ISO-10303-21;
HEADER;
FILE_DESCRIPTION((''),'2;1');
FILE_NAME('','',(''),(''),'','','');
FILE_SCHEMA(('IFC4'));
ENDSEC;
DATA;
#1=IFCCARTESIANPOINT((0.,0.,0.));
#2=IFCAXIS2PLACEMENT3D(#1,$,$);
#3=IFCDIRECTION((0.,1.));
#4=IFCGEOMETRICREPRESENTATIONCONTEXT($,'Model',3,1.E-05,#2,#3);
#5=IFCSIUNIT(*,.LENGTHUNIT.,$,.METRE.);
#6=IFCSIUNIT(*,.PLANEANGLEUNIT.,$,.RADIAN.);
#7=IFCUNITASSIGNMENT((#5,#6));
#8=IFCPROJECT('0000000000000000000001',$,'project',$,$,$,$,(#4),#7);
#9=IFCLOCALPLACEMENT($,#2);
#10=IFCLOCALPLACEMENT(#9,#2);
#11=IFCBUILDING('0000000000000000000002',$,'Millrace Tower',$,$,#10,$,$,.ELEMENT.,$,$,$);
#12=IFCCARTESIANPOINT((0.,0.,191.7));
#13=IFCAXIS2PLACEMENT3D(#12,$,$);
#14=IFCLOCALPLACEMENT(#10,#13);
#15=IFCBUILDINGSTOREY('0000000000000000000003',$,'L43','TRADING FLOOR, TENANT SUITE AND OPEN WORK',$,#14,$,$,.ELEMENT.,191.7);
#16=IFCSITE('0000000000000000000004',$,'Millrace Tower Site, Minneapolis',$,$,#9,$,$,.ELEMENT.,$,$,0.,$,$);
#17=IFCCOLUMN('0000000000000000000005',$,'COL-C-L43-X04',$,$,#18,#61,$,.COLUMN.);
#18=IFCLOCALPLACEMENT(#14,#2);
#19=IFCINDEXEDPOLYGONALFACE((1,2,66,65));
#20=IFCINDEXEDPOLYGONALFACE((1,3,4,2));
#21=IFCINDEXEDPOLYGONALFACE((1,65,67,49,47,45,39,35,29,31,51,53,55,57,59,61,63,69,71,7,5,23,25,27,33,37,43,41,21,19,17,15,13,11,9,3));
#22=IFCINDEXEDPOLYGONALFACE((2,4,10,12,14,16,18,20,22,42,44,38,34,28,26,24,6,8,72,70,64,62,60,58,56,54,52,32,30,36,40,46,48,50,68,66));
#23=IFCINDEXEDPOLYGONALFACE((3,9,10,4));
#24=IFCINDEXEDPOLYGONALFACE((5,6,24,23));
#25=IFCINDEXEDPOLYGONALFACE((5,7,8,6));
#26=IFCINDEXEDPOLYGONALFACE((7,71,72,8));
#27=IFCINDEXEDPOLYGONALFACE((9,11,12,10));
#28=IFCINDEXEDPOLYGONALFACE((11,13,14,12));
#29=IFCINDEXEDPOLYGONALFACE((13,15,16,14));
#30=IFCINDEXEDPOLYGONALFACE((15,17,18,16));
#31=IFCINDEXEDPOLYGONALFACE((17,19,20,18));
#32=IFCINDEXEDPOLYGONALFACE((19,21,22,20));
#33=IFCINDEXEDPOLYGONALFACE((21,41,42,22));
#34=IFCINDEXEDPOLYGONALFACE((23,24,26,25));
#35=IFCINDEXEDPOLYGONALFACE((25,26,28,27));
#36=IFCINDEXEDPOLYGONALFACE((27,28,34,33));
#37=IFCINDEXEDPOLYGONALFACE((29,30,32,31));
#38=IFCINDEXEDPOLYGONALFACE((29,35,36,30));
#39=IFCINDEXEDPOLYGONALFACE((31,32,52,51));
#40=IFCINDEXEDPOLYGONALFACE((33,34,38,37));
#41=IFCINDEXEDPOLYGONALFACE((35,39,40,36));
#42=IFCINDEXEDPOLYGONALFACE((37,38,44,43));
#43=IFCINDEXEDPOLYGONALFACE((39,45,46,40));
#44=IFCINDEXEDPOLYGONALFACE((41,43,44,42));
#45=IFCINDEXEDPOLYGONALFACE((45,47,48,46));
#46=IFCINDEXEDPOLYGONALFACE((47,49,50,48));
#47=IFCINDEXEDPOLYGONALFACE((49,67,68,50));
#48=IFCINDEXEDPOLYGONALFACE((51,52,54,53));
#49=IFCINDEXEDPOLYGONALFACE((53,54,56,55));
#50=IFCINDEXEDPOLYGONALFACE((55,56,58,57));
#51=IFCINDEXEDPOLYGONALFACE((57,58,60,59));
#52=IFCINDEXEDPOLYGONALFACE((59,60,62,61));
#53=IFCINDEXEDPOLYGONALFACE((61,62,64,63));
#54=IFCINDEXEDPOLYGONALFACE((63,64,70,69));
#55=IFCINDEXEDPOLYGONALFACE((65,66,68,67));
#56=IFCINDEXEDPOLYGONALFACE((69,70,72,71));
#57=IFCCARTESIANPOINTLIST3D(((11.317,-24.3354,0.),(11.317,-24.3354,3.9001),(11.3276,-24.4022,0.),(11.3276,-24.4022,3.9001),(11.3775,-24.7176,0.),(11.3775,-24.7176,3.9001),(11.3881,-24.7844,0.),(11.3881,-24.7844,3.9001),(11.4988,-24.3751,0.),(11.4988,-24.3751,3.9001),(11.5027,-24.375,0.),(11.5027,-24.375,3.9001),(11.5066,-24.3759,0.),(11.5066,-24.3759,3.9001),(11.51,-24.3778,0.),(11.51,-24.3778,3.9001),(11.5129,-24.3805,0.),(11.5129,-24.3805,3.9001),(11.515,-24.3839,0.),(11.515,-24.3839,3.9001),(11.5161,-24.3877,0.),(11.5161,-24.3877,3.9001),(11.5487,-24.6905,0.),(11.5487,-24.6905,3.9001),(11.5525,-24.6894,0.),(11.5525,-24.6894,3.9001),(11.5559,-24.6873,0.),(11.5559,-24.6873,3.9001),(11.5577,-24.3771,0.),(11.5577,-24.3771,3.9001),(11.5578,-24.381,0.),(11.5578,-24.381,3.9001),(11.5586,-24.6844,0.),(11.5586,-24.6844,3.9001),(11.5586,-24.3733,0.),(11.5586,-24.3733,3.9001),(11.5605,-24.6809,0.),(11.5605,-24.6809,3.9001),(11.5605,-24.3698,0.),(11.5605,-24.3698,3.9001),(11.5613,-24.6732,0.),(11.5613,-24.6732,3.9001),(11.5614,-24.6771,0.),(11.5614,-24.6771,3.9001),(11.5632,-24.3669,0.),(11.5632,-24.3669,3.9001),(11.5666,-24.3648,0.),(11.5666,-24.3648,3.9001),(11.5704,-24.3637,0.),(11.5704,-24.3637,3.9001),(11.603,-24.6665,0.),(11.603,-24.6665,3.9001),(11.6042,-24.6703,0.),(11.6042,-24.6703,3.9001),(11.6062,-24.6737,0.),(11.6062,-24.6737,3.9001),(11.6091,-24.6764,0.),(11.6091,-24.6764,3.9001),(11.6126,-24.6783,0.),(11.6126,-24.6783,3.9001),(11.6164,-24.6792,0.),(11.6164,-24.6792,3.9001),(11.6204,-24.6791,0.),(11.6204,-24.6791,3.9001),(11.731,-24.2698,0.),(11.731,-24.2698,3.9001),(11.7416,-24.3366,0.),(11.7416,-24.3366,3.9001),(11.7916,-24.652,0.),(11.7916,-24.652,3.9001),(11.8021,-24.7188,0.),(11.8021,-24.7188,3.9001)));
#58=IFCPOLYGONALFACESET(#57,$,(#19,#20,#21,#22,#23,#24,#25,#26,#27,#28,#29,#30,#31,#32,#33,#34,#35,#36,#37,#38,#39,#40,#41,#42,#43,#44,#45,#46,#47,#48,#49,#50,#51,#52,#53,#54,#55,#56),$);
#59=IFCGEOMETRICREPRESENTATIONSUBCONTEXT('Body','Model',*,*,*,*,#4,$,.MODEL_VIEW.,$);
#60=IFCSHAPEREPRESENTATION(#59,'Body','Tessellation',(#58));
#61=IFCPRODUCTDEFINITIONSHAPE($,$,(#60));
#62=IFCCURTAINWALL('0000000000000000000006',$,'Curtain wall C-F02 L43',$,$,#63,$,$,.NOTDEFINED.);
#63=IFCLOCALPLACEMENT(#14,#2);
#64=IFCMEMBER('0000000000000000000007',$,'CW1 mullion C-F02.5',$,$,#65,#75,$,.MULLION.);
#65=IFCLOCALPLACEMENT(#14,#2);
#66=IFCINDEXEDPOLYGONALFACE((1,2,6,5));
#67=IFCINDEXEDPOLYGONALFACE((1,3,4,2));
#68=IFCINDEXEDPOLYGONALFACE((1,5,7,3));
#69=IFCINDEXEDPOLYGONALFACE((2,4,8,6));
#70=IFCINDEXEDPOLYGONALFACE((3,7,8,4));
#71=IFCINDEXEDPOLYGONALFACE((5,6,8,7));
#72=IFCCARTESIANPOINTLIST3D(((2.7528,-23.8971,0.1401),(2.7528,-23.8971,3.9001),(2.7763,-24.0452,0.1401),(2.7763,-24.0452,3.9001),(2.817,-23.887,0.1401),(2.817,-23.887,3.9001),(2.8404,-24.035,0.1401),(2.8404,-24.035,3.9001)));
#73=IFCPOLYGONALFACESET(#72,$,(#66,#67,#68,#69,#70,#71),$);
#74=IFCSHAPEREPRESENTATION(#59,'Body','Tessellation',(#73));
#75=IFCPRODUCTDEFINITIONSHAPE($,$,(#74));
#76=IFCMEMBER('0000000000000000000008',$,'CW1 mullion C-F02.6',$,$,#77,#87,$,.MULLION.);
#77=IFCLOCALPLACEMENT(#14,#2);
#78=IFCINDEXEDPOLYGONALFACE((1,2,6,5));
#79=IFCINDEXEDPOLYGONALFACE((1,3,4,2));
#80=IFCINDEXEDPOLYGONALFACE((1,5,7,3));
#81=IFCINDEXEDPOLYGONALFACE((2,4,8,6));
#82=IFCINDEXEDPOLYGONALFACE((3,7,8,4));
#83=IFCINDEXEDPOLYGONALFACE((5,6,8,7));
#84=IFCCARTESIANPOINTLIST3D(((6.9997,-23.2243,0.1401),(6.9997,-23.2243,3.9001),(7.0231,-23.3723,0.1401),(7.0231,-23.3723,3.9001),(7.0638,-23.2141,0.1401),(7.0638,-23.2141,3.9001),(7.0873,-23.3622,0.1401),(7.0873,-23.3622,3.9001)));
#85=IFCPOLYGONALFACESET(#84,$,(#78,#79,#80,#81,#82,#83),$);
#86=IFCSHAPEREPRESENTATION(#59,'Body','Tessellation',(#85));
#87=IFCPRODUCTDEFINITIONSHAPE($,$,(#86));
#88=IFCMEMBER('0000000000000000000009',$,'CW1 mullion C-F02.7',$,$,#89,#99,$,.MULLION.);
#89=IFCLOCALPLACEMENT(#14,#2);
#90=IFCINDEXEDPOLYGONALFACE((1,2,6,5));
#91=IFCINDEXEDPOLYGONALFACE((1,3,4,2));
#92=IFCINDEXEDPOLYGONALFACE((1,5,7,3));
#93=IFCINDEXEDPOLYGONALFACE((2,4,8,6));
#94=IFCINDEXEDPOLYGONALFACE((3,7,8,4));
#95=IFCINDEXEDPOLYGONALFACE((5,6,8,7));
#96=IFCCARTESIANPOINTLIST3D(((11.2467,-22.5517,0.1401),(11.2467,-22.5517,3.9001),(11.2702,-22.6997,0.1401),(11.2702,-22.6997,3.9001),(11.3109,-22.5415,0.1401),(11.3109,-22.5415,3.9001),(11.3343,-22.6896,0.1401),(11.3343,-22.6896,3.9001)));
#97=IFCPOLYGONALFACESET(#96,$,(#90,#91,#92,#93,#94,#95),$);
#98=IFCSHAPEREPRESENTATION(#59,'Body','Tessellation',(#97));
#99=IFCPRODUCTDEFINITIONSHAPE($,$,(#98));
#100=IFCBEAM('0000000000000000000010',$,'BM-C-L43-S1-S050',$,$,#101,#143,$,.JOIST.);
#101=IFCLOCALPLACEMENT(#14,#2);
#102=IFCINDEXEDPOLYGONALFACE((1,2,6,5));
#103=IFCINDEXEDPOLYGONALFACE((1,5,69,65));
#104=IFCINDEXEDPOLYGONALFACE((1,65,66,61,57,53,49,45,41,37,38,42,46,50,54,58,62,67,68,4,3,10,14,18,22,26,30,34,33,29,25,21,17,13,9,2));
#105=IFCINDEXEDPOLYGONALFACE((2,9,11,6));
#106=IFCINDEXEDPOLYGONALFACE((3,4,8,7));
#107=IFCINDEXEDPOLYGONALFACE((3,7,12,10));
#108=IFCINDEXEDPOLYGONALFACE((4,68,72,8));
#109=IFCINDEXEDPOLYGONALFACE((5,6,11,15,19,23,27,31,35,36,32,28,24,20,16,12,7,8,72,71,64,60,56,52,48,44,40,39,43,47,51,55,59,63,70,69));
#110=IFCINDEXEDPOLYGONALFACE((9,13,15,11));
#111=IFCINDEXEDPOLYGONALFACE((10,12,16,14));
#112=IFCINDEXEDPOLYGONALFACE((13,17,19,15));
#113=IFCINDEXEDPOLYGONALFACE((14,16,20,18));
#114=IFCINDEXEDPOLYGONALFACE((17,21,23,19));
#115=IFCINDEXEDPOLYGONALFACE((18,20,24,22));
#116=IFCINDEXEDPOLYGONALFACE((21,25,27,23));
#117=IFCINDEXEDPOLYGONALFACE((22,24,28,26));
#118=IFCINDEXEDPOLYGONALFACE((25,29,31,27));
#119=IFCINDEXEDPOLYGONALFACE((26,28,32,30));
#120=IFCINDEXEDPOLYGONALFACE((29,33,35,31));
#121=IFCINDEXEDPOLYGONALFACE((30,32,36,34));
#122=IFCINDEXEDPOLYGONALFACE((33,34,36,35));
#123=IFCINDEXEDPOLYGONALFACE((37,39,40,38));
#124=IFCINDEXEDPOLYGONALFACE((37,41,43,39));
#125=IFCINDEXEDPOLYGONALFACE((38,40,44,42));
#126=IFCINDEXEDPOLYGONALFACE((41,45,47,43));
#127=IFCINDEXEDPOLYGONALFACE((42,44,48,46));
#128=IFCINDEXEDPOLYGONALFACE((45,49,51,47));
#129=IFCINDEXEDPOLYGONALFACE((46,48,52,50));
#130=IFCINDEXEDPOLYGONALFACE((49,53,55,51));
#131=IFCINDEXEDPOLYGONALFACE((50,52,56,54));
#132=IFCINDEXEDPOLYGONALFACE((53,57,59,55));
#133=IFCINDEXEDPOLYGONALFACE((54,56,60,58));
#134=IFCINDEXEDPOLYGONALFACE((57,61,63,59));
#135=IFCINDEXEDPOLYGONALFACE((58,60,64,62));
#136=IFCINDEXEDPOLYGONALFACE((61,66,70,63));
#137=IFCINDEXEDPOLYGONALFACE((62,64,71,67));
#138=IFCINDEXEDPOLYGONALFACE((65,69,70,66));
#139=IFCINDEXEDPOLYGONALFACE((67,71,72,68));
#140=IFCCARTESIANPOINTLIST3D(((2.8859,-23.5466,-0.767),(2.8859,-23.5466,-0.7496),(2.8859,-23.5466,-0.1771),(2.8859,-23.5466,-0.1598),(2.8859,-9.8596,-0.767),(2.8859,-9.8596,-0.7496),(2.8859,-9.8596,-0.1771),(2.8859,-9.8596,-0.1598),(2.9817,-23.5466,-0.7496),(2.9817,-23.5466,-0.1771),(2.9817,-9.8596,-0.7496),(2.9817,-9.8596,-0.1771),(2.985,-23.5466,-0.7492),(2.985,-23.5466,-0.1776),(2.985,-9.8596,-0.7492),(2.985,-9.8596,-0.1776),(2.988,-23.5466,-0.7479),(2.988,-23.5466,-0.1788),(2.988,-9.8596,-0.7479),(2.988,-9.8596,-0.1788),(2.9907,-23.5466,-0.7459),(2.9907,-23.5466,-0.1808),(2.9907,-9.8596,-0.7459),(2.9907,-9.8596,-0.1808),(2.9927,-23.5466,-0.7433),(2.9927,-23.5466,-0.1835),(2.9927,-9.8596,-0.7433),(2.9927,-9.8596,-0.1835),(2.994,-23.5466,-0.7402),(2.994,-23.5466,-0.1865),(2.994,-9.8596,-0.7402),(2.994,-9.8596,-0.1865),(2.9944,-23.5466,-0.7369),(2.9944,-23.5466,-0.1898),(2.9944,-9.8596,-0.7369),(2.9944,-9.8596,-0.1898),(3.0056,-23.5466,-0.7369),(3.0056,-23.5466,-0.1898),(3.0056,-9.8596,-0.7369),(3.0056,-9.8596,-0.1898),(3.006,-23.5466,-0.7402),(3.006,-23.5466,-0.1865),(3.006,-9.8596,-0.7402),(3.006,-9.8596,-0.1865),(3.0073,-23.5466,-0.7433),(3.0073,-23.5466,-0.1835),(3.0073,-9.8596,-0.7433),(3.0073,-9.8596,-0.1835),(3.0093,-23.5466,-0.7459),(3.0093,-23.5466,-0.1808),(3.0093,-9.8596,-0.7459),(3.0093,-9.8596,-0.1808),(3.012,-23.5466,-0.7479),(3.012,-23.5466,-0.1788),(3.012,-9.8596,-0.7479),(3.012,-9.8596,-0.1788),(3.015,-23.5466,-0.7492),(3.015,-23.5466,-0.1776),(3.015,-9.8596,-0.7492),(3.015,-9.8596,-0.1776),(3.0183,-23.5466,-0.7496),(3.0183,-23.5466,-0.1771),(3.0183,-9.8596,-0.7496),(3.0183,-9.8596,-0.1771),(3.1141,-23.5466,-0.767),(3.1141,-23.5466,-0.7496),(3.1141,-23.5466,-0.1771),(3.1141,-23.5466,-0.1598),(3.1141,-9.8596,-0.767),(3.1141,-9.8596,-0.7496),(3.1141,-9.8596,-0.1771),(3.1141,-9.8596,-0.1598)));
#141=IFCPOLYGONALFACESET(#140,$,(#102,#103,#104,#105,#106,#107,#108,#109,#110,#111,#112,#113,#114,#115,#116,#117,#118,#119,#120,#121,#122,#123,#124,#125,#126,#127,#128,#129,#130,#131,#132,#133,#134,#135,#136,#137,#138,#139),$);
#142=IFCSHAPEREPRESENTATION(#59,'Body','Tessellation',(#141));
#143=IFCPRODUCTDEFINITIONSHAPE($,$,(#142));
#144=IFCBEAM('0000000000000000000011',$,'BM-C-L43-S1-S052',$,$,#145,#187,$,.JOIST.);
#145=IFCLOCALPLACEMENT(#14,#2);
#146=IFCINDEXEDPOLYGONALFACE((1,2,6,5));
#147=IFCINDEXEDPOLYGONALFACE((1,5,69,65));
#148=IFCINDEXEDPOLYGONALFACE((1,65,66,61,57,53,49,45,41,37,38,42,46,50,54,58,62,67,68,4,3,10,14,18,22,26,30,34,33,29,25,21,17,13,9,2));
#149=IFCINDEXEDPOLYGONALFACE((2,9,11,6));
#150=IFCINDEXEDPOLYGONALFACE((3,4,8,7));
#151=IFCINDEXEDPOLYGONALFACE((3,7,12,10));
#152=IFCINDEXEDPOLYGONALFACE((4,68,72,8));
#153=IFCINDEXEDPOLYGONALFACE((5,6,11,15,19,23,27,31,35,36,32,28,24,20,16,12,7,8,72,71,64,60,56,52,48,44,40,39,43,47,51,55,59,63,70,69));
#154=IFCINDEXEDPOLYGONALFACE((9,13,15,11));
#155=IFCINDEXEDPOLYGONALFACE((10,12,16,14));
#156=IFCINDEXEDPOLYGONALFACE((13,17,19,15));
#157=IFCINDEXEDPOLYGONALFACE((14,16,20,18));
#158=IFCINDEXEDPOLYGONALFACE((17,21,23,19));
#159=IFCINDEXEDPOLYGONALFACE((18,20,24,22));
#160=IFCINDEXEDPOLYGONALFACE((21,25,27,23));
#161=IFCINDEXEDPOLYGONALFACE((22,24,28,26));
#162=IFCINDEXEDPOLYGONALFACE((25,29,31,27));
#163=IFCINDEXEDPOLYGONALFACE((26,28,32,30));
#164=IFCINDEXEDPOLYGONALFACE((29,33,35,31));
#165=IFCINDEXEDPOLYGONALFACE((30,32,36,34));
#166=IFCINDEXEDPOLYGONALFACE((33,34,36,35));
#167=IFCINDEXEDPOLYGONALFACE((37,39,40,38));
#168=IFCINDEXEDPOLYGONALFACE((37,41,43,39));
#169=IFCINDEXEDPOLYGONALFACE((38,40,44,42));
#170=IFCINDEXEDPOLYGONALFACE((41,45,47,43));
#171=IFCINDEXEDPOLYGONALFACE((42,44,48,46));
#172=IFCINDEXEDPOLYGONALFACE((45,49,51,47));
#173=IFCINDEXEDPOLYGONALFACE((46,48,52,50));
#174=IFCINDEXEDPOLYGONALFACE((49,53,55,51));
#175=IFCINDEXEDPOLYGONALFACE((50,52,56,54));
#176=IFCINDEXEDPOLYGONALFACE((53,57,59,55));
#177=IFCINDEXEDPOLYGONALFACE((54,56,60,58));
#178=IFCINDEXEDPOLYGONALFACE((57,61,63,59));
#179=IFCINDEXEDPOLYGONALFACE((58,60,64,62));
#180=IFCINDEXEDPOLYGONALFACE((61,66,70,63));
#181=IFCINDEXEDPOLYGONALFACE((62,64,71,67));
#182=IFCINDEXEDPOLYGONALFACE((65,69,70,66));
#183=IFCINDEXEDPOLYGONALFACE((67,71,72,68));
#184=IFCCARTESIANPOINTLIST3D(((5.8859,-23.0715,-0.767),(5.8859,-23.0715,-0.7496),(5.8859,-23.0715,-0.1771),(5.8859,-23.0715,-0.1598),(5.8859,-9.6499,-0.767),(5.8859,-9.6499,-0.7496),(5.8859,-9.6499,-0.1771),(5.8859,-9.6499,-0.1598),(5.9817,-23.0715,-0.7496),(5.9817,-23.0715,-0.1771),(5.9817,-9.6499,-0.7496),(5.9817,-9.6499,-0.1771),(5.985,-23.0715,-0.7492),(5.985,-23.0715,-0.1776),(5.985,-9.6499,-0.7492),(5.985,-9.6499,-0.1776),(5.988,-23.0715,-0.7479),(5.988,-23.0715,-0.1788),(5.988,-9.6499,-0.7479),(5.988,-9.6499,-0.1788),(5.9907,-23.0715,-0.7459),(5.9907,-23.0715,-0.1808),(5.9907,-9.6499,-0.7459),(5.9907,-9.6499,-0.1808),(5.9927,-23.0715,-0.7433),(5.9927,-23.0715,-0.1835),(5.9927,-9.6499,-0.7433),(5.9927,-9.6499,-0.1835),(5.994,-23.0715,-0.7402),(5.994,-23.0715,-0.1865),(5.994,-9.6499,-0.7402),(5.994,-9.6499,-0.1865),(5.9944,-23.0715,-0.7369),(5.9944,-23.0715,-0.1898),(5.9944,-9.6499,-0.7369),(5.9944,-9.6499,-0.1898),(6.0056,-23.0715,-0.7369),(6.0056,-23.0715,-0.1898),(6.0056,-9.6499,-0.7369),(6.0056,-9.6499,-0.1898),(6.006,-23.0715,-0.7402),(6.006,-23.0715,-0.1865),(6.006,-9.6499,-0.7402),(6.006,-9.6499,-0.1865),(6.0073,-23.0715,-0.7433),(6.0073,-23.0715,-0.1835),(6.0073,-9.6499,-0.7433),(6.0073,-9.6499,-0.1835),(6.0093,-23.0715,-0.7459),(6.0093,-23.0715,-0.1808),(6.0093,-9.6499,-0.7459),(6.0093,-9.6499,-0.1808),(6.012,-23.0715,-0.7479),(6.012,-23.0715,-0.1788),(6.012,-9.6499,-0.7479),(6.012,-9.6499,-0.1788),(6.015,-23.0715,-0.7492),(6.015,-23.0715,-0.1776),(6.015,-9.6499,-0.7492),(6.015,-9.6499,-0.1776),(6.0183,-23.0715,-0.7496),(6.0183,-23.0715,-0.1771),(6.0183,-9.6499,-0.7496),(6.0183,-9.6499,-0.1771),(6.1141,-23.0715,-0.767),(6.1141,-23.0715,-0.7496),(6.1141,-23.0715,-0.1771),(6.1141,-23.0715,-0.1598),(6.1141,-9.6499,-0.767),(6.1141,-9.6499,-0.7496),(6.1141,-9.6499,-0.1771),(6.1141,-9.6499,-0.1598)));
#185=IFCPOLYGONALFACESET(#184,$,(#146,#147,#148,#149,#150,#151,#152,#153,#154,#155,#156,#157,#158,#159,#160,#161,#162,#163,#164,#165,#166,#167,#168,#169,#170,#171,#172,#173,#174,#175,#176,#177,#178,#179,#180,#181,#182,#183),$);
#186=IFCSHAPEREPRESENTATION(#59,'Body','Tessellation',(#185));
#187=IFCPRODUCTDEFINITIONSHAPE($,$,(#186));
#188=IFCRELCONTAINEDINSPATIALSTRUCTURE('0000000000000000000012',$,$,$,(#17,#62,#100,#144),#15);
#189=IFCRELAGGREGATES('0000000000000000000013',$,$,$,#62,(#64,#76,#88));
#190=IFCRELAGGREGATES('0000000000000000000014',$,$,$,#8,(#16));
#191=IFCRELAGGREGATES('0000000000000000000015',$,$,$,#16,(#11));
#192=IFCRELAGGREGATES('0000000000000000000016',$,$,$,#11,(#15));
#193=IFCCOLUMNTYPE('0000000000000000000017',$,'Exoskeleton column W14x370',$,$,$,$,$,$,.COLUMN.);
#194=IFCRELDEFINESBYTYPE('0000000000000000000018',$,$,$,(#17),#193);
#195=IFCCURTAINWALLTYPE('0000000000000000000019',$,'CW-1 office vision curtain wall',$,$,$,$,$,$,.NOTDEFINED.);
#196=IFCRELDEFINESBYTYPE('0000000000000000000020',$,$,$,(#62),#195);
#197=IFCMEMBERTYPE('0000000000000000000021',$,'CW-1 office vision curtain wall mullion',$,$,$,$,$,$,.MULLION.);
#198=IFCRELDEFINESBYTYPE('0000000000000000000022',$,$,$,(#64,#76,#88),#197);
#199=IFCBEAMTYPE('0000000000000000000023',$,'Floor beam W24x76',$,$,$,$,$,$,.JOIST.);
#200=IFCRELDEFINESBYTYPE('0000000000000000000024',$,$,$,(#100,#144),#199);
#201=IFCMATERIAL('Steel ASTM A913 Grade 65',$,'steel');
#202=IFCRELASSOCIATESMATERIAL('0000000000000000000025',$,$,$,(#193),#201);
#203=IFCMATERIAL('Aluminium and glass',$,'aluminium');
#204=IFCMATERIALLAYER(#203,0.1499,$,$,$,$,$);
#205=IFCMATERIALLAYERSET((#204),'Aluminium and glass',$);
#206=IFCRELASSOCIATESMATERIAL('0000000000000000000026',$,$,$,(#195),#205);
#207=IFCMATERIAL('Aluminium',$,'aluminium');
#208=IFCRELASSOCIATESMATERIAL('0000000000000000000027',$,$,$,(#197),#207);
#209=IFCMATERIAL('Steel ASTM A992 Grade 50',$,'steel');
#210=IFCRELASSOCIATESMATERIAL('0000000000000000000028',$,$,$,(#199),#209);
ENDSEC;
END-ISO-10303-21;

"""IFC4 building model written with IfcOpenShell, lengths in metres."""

from ifc_helpers import new_model, si_unit, direction, frame, origin, origin_2d, place, context, subcontext, project, spatial, rectangle, i_section, extrude, material, layer, layer_set, material_profile, profile_set, type_object, element, aggregate, save


model = new_model("IFC4")

# Units and contexts
model_context = context("Model", 3, precision=1e-05, world=origin(), true_north=direction((0.0, 1.0)))
body_context = subcontext(model_context, "Body", "Model", "MODEL_VIEW")
ifc_project = project(units=[si_unit("LENGTHUNIT", "METRE"), si_unit("PLANEANGLEUNIT", "RADIAN")], contexts=[model_context])

# Site, building, storey
site_placement = place(None, origin())
site = spatial("IfcSite", under=ifc_project, at=site_placement, Name="Millrace Tower Site, Minneapolis", CompositionType="ELEMENT", RefElevation=0.0)
building_placement = place(site_placement, origin())
building = spatial("IfcBuilding", under=site, at=building_placement, Name="Millrace Tower", CompositionType="ELEMENT")
storey_placement = place(building_placement, frame((0.0, 0.0, 191.7)))
storey = spatial("IfcBuildingStorey", under=building, at=storey_placement, Name="L43", Description="TRADING FLOOR, TENANT SUITE AND OPEN WORK", CompositionType="ELEMENT", Elevation=191.7)

# Column
ifc_material_1 = material(Name="Steel ASTM A913 Grade 65", Category="steel")
ifc_material_profile_1 = material_profile(ifc_material_1, i_section(OverallWidth=0.4192, OverallDepth=0.4546, WebThickness=0.0422, FlangeThickness=0.0676, FilletRadius=0.0151, at=origin_2d()))
ifc_profile_set_1 = profile_set([ifc_material_profile_1], Name="Steel ASTM A913 Grade 65")
column_type = type_object("IfcColumnType", Name="Exoskeleton column W14x370", PredefinedType="COLUMN", material=ifc_profile_set_1)
column_placement = place(storey_placement, frame((11.5596, -24.5271, 0.0), z_axis=(0.0, 0.0, 1.0), x_axis=(0.987688, 0.156434, 0.0)))
element("IfcColumn", 1, at=column_placement, inside=storey, type_object=column_type, Name="COL-C-L43-X04", PredefinedType="COLUMN", context=body_context, shape_type="SweptSolid", body=[
    extrude(i_section(OverallWidth=0.4192, OverallDepth=0.4546, WebThickness=0.0422, FlangeThickness=0.0676, FilletRadius=0.0151, at=origin_2d()), origin(), (0.0, 0.0, 1.0), 3.9001),
])

# Curtain wall, members
ifc_material_2 = material(Name="Aluminium and glass", Category="aluminium")
ifc_layer_1 = layer(ifc_material_2, 0.1499)
ifc_layer_set_1 = layer_set([ifc_layer_1], Name="Aluminium and glass")
curtain_wall_type = type_object("IfcCurtainWallType", Name="CW-1 office vision curtain wall", PredefinedType="NOTDEFINED", material=ifc_layer_set_1)
placement = place(storey_placement, origin())
curtain_wall = element("IfcCurtainWall", 2, at=placement, inside=storey, type_object=curtain_wall_type, Name="Curtain wall C-F02 L43", PredefinedType="NOTDEFINED")
ifc_material_3 = material(Name="Aluminium", Category="aluminium")
ifc_material_profile_2 = material_profile(ifc_material_3, rectangle(XDim=0.0649, YDim=0.1499, at=origin_2d()))
ifc_profile_set_2 = profile_set([ifc_material_profile_2], Name="Aluminium")
member_type = type_object("IfcMemberType", Name="CW-1 office vision curtain wall mullion", PredefinedType="MULLION", material=ifc_profile_set_2)
member_1_placement = place(storey_placement, frame((2.7966, -23.9661, 0.1401), z_axis=(0.0, 0.0, 1.0), x_axis=(0.987688, 0.156434, 0.0)))
member_1 = element("IfcMember", 3, at=member_1_placement, type_object=member_type, Name="CW1 mullion C-F02.5", PredefinedType="MULLION", context=body_context, shape_type="SweptSolid", body=[
    extrude(rectangle(XDim=0.0649, YDim=0.1499, at=origin_2d()), origin(), (0.0, 0.0, 1.0), 3.76),
])
member_2_placement = place(storey_placement, frame((7.0435, -23.2932, 0.1401), z_axis=(0.0, 0.0, 1.0), x_axis=(0.987688, 0.156434, 0.0)))
member_2 = element("IfcMember", 4, at=member_2_placement, type_object=member_type, Name="CW1 mullion C-F02.6", PredefinedType="MULLION", context=body_context, shape_type="SweptSolid", body=[
    extrude(rectangle(XDim=0.0649, YDim=0.1499, at=origin_2d()), origin(), (0.0, 0.0, 1.0), 3.76),
])
member_3_placement = place(storey_placement, frame((11.2905, -22.6206, 0.1401), z_axis=(0.0, 0.0, 1.0), x_axis=(0.987688, 0.156434, 0.0)))
member_3 = element("IfcMember", 5, at=member_3_placement, type_object=member_type, Name="CW1 mullion C-F02.7", PredefinedType="MULLION", context=body_context, shape_type="SweptSolid", body=[
    extrude(rectangle(XDim=0.0649, YDim=0.1499, at=origin_2d()), origin(), (0.0, 0.0, 1.0), 3.76),
])
aggregate(curtain_wall, [member_1, member_2, member_3])

# Beams
ifc_material_4 = material(Name="Steel ASTM A992 Grade 50", Category="steel")
ifc_material_profile_3 = material_profile(ifc_material_4, i_section(OverallWidth=0.2283, OverallDepth=0.6072, WebThickness=0.0112, FlangeThickness=0.0173, FilletRadius=0.0127, at=origin_2d()))
ifc_profile_set_3 = profile_set([ifc_material_profile_3], Name="Steel ASTM A992 Grade 50")
beam_type_1 = type_object("IfcBeamType", Name="Floor beam W24x76", PredefinedType="JOIST", material=ifc_profile_set_3)
beam_1_placement = place(storey_placement, frame((3.0, -23.5466, -0.4634), z_axis=(0.0, 1.0, 0.0), x_axis=(-1.0, 0.0, 0.0)))
element("IfcBeam", 6, at=beam_1_placement, inside=storey, type_object=beam_type_1, Name="BM-C-L43-S1-S050", PredefinedType="JOIST", context=body_context, shape_type="SweptSolid", body=[
    extrude(i_section(OverallWidth=0.2283, OverallDepth=0.6072, WebThickness=0.0112, FlangeThickness=0.0173, FilletRadius=0.0127, at=origin_2d()), origin(), (0.0, 0.0, 1.0), 13.687),
])
beam_2_placement = place(storey_placement, frame((6.0, -23.0715, -0.4634), z_axis=(0.0, 1.0, 0.0), x_axis=(-1.0, 0.0, 0.0)))
element("IfcBeam", 7, at=beam_2_placement, inside=storey, type_object=beam_type_1, Name="BM-C-L43-S1-S052", PredefinedType="JOIST", context=body_context, shape_type="SweptSolid", body=[
    extrude(i_section(OverallWidth=0.2283, OverallDepth=0.6072, WebThickness=0.0112, FlangeThickness=0.0173, FilletRadius=0.0127, at=origin_2d()), origin(), (0.0, 0.0, 1.0), 13.4216),
])

save(model, "model.ifc")
